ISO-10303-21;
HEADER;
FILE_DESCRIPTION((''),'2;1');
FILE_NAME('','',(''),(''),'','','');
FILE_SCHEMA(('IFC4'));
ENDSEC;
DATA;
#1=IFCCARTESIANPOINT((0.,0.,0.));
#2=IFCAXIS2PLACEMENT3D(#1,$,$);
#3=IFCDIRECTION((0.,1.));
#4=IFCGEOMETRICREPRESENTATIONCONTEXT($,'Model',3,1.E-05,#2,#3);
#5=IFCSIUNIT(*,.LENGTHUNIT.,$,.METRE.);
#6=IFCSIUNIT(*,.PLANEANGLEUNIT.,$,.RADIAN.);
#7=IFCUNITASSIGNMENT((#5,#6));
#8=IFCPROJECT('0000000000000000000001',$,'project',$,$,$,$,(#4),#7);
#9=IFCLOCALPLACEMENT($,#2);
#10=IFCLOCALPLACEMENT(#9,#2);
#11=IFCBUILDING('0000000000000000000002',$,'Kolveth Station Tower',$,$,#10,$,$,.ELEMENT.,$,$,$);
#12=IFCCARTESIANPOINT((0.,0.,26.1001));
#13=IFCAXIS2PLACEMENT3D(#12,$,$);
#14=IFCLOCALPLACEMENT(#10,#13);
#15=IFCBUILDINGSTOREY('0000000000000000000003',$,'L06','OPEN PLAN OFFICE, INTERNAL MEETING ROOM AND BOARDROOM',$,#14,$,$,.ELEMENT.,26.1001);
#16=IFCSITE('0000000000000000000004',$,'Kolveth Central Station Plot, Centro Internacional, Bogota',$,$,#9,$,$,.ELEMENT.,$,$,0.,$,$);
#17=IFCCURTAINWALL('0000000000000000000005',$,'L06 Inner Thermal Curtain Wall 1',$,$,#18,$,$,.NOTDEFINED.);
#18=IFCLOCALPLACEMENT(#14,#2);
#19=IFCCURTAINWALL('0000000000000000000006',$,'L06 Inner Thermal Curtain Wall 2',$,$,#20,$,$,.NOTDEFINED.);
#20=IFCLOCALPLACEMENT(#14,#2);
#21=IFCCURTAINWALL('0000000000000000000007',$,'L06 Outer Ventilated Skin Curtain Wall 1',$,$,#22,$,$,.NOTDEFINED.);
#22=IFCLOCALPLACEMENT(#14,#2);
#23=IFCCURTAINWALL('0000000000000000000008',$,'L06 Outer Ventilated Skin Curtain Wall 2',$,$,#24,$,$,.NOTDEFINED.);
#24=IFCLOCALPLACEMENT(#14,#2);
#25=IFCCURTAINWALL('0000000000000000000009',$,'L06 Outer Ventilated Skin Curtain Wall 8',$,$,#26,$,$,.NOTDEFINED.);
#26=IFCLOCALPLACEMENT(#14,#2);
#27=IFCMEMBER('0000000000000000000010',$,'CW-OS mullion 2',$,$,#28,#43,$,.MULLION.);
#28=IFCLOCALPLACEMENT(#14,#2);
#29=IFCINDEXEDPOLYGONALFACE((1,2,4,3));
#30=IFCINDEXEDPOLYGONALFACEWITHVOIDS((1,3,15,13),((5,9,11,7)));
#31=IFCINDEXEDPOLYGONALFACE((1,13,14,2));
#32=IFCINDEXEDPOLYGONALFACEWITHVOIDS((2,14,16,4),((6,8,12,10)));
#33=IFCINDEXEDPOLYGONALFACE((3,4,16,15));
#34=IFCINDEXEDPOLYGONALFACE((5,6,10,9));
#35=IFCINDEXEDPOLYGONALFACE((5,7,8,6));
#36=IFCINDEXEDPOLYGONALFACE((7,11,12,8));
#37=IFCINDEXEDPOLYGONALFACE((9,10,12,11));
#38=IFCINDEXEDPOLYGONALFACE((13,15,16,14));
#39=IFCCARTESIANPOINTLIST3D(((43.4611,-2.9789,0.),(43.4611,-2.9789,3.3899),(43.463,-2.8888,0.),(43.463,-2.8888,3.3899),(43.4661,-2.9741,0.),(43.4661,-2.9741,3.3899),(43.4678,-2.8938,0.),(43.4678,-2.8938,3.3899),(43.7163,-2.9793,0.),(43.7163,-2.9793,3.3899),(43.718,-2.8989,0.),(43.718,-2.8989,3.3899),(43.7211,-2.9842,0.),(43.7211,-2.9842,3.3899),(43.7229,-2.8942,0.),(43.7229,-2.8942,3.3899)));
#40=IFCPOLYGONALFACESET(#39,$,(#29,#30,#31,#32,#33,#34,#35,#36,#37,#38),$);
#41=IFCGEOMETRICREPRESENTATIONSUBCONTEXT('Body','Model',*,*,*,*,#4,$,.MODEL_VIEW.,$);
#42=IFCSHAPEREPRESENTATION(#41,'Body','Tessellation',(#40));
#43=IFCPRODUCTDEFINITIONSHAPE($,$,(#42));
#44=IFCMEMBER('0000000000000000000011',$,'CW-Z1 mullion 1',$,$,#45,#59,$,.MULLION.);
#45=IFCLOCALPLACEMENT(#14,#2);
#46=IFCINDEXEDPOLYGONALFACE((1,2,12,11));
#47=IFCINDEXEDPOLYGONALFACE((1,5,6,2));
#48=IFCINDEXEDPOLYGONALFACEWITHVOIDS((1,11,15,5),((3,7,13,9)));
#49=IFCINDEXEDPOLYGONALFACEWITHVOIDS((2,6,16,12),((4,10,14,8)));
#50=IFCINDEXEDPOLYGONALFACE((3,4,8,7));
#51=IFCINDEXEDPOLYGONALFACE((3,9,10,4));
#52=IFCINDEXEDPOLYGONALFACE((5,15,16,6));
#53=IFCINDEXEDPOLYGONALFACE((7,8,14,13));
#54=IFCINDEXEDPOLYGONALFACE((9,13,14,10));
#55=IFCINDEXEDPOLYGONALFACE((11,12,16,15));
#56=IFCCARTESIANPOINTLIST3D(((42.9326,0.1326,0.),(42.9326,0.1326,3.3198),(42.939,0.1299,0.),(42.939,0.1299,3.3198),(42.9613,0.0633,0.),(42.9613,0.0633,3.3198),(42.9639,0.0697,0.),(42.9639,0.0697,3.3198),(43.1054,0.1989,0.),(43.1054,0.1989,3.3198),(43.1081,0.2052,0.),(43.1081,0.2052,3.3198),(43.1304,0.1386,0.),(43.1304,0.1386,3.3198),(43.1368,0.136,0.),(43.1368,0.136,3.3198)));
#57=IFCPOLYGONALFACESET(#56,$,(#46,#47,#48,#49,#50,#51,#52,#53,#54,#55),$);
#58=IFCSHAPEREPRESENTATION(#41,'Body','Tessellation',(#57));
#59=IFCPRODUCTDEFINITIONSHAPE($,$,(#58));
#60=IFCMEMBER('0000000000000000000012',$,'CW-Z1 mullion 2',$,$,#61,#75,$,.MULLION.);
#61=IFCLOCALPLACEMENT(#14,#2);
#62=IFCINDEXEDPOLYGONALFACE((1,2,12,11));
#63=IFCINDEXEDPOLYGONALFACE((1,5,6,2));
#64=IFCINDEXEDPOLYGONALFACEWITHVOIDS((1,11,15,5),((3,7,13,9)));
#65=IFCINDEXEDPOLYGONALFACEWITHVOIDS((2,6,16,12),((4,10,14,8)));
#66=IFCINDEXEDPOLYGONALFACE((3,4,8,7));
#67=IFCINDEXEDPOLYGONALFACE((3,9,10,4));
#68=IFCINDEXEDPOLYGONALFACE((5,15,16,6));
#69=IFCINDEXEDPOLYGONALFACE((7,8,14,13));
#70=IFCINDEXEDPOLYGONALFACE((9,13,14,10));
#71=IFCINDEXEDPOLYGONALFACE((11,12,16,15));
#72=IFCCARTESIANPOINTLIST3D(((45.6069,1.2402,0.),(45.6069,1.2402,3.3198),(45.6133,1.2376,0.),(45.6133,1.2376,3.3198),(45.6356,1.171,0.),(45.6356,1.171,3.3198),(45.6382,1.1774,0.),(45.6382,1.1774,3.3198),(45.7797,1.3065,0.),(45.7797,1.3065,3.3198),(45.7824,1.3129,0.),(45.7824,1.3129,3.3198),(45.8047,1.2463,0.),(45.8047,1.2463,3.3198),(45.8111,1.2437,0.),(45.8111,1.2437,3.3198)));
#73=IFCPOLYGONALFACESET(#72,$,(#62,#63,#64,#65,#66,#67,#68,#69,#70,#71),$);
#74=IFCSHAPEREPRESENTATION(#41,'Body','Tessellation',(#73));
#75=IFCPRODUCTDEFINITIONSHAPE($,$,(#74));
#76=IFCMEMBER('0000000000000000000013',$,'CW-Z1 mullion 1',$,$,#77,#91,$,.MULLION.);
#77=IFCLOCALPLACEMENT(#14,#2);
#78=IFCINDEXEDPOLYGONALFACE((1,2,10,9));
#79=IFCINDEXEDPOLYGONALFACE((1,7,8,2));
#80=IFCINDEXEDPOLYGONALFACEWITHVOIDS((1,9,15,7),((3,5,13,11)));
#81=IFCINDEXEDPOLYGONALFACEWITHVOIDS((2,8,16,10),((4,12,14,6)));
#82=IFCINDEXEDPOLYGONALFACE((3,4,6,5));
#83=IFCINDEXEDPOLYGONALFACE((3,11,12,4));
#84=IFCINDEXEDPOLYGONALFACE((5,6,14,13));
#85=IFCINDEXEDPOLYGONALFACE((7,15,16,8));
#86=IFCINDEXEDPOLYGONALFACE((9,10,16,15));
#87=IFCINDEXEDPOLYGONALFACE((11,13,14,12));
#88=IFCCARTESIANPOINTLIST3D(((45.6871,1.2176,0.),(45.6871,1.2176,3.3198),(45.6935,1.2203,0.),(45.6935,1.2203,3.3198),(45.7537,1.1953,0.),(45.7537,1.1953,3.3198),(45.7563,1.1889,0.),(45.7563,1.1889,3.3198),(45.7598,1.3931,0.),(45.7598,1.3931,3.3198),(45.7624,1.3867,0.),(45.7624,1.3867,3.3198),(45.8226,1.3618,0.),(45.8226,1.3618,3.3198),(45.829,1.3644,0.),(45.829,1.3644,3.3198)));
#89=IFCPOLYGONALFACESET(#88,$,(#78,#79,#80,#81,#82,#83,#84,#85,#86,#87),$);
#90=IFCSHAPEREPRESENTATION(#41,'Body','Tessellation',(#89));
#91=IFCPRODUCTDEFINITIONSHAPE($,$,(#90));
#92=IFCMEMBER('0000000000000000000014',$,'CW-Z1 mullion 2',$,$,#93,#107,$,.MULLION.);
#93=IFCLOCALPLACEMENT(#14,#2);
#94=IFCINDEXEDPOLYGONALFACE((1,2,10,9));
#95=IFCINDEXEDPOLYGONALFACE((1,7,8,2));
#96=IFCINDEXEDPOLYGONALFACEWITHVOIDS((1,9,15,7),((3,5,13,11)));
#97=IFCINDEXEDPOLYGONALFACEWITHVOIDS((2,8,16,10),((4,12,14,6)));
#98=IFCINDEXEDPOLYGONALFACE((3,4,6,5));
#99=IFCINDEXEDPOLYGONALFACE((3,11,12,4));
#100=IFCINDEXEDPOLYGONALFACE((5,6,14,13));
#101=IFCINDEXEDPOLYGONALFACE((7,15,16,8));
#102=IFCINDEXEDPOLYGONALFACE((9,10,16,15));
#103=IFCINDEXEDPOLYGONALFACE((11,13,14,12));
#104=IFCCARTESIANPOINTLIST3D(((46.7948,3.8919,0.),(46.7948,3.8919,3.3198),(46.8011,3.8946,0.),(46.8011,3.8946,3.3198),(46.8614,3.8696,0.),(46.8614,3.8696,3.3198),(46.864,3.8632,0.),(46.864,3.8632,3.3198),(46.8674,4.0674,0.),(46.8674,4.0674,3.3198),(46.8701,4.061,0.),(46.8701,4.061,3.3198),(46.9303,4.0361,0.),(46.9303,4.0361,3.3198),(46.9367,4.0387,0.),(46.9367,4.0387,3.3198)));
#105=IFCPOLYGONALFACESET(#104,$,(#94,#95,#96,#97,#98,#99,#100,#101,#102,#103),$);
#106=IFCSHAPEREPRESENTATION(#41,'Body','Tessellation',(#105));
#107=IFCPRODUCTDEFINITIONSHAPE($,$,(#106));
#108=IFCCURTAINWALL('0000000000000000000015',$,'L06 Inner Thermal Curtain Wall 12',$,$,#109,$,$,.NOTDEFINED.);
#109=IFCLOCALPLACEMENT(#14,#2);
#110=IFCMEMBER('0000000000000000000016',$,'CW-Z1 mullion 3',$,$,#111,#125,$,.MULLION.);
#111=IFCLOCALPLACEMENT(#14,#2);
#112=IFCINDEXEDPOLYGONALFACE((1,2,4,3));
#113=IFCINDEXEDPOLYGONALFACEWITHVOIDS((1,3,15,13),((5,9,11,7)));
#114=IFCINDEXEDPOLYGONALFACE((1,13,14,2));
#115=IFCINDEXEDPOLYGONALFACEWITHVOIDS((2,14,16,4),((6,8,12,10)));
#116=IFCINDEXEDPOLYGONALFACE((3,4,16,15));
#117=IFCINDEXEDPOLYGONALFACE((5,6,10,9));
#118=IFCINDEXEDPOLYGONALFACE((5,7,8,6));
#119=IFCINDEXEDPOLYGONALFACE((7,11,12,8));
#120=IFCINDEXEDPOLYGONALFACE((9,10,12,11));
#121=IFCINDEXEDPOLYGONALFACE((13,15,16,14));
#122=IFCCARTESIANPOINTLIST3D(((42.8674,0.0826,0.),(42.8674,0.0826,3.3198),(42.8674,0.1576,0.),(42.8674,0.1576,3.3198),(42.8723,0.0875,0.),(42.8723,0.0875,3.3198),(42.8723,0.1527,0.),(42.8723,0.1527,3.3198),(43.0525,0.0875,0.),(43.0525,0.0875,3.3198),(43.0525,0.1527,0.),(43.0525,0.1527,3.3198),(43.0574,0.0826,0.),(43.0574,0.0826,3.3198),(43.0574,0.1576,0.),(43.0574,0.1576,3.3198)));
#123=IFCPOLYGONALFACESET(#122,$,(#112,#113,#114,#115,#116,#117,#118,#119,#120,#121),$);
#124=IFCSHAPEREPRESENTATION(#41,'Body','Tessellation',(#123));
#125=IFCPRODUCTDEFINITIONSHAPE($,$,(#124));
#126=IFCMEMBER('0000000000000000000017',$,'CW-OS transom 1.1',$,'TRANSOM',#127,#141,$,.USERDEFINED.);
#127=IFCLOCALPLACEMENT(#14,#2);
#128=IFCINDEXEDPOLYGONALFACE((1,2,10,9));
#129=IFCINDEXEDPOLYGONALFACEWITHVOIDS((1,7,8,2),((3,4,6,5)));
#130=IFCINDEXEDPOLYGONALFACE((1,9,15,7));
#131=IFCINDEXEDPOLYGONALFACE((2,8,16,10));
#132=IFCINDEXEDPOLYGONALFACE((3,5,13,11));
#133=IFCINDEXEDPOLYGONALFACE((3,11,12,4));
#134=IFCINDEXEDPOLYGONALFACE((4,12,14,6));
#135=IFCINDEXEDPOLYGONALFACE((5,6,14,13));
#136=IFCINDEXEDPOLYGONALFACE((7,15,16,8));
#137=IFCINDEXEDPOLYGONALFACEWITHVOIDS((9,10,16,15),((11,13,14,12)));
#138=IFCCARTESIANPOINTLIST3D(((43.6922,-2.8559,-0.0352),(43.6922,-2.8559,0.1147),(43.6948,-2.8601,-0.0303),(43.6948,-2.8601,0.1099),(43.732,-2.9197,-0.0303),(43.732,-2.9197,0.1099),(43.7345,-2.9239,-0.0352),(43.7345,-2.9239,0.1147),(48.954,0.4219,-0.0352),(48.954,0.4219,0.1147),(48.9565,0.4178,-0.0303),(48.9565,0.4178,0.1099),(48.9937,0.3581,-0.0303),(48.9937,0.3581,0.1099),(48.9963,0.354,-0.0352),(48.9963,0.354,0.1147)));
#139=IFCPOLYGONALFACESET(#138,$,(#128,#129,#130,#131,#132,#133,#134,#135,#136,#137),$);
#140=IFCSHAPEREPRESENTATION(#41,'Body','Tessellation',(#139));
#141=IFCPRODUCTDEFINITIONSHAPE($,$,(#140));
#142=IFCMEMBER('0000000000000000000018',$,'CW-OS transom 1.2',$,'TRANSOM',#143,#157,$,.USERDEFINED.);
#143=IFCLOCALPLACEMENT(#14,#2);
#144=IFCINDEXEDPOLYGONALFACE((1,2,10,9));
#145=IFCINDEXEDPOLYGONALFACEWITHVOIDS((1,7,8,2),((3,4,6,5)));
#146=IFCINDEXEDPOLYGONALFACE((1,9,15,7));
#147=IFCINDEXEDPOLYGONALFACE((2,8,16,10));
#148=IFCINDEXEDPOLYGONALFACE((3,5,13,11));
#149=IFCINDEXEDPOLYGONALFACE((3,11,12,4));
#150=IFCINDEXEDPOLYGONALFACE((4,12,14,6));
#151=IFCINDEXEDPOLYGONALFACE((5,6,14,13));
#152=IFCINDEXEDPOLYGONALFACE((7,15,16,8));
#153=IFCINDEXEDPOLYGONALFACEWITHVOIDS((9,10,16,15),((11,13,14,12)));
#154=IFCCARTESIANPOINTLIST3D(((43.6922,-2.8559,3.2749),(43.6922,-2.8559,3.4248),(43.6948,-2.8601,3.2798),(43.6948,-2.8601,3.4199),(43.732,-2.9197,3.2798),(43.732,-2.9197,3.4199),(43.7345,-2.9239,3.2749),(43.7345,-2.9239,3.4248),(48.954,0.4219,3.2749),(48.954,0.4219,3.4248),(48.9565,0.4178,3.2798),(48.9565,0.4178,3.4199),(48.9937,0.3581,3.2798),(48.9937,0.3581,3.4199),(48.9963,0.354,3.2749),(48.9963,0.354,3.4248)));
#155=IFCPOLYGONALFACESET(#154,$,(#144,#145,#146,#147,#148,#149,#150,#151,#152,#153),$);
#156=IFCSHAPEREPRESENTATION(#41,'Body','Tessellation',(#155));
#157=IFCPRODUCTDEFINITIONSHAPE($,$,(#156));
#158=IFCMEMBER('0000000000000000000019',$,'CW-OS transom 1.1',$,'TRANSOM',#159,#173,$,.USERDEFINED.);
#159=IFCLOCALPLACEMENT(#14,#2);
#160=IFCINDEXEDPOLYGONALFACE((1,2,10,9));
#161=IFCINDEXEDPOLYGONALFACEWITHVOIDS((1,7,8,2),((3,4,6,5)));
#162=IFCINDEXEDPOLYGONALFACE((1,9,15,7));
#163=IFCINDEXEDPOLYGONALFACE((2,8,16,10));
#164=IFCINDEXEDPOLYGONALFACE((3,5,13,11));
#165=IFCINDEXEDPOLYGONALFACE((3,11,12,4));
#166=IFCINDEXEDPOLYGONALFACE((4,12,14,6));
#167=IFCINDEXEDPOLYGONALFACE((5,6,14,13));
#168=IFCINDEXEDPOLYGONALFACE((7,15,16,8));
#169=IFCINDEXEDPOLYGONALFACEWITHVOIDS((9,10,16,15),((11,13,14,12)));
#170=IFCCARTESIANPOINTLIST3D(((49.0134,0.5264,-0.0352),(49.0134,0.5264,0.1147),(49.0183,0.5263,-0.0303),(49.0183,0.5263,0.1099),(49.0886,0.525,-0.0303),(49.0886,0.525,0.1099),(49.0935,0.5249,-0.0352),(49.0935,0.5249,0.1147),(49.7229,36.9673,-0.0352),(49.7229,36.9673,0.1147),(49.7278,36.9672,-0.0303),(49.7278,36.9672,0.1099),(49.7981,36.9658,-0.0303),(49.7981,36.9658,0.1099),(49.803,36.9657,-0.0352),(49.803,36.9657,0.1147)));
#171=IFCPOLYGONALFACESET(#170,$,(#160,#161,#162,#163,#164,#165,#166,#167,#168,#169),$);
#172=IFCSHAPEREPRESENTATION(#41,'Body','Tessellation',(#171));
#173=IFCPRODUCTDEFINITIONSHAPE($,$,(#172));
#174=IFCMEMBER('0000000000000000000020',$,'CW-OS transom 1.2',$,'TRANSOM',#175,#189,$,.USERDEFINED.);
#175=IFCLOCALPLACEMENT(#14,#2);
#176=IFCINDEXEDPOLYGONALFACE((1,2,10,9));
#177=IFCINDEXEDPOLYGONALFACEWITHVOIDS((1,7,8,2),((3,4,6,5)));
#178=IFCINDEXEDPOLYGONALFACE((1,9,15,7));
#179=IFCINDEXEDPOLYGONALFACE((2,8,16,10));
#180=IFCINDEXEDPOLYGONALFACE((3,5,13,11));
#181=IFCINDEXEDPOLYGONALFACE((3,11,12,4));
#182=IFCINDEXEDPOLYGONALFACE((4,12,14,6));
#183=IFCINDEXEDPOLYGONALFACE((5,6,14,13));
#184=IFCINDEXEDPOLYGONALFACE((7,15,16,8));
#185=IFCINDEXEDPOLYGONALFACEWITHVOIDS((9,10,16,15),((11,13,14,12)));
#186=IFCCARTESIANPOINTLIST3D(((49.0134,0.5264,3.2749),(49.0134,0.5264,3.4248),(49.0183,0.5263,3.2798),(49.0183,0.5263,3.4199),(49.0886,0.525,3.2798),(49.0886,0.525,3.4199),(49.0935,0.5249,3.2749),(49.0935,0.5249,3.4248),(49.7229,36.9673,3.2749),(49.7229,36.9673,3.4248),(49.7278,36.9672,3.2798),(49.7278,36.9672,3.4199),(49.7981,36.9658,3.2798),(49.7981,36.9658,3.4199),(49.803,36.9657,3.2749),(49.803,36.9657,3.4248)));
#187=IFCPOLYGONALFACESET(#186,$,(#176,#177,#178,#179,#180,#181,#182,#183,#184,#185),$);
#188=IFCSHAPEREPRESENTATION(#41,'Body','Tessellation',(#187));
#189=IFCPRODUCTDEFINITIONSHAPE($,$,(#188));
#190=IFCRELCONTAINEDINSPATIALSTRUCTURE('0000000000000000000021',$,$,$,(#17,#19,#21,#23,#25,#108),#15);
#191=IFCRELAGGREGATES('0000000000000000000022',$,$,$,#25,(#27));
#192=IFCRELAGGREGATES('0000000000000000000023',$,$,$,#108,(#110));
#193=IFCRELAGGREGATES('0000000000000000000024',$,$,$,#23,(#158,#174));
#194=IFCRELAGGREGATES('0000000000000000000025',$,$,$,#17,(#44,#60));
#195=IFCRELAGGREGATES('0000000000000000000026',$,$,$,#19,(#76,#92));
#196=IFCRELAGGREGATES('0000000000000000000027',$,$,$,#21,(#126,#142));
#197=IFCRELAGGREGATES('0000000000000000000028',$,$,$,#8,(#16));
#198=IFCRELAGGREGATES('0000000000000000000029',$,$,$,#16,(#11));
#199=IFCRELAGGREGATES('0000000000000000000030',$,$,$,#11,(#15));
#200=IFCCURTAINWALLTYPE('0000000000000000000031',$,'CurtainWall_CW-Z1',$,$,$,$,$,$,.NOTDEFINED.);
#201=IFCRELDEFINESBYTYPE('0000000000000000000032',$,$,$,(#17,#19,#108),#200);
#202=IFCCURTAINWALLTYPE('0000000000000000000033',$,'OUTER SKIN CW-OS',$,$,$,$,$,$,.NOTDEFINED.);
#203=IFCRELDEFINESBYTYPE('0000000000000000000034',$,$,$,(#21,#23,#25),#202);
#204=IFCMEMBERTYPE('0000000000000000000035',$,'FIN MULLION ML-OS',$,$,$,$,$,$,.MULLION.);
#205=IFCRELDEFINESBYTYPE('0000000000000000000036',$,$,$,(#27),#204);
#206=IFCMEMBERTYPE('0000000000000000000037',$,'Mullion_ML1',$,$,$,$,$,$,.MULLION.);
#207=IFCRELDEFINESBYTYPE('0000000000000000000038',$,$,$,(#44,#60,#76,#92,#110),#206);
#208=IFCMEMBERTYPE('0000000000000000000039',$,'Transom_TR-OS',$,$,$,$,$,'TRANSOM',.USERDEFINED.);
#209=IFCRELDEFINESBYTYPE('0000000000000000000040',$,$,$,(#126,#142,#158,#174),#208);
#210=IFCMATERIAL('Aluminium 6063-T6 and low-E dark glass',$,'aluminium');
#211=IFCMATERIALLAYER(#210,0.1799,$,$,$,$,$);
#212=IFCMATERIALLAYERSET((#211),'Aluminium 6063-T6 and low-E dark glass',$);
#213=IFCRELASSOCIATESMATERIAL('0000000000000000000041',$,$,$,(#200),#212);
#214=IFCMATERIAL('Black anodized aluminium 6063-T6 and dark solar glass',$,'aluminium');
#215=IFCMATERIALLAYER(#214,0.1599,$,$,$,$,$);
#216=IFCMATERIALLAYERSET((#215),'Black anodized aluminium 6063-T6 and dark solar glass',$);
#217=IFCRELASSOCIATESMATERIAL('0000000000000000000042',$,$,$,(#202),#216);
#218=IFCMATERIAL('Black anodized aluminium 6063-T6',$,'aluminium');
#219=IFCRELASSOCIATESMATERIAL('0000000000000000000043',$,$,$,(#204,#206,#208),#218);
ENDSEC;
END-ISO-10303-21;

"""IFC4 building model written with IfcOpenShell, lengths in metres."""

from ifc_helpers import new_model, si_unit, direction, frame, origin, origin_2d, place, context, subcontext, project, spatial, hollow_rectangle, extrude, source, transform, mapped, material, layer, layer_set, material_profile, profile_set, type_object, element, aggregate, save


model = new_model("IFC4")

# Units and contexts
model_context = context("Model", 3, precision=1e-05, world=origin(), true_north=direction((0.0, 1.0)))
body_context = subcontext(model_context, "Body", "Model", "MODEL_VIEW")
ifc_project = project(units=[si_unit("LENGTHUNIT", "METRE"), si_unit("PLANEANGLEUNIT", "RADIAN")], contexts=[model_context])

# Site, building, storey
site_placement = place(None, origin())
site = spatial("IfcSite", under=ifc_project, at=site_placement, Name="Kolveth Central Station Plot, Centro Internacional, Bogota", CompositionType="ELEMENT", RefElevation=0.0)
building_placement = place(site_placement, origin())
building = spatial("IfcBuilding", under=site, at=building_placement, Name="Kolveth Station Tower", CompositionType="ELEMENT")
storey_placement = place(building_placement, frame((0.0, 0.0, 26.1001)))
storey = spatial("IfcBuildingStorey", under=building, at=storey_placement, Name="L06", Description="OPEN PLAN OFFICE, INTERNAL MEETING ROOM AND BOARDROOM", CompositionType="ELEMENT", Elevation=26.1001)

# Curtain walls
ifc_material_1 = material(Name="Aluminium 6063-T6 and low-E dark glass", Category="aluminium")
ifc_layer_1 = layer(ifc_material_1, 0.1799)
ifc_layer_set_1 = layer_set([ifc_layer_1], Name="Aluminium 6063-T6 and low-E dark glass")
curtain_wall_type_1 = type_object("IfcCurtainWallType", Name="CurtainWall_CW-Z1", PredefinedType="NOTDEFINED", material=ifc_layer_set_1)
curtain_wall_1_placement = place(storey_placement, origin())
curtain_wall_1 = element("IfcCurtainWall", 1, at=curtain_wall_1_placement, inside=storey, type_object=curtain_wall_type_1, Name="L06 Inner Thermal Curtain Wall 1", PredefinedType="NOTDEFINED")
ifc_material_2 = material(Name="Black anodized aluminium 6063-T6", Category="aluminium")
curtain_wall_2_placement = place(storey_placement, origin())
curtain_wall_2 = element("IfcCurtainWall", 2, at=curtain_wall_2_placement, inside=storey, type_object=curtain_wall_type_1, Name="L06 Inner Thermal Curtain Wall 2", PredefinedType="NOTDEFINED")
ifc_material_3 = material(Name="Black anodized aluminium 6063-T6 and dark solar glass", Category="aluminium")
ifc_layer_2 = layer(ifc_material_3, 0.1599)
ifc_layer_set_2 = layer_set([ifc_layer_2], Name="Black anodized aluminium 6063-T6 and dark solar glass")
curtain_wall_type_2 = type_object("IfcCurtainWallType", Name="OUTER SKIN CW-OS", PredefinedType="NOTDEFINED", material=ifc_layer_set_2)
curtain_wall_3_placement = place(storey_placement, origin())
curtain_wall_3 = element("IfcCurtainWall", 3, at=curtain_wall_3_placement, inside=storey, type_object=curtain_wall_type_2, Name="L06 Outer Ventilated Skin Curtain Wall 1", PredefinedType="NOTDEFINED")
ifc_material_profile_1 = material_profile(ifc_material_2, hollow_rectangle(XDim=0.0901, YDim=0.26, WallThickness=0.0049, at=origin_2d()), Name="ALU-90x260x5")
ifc_profile_set_1 = profile_set([ifc_material_profile_1], Name="Black anodized aluminium 6063-T6")
member_type_1 = type_object("IfcMemberType", Name="FIN MULLION ML-OS", PredefinedType="MULLION", material=ifc_profile_set_1)
shared_shape_1 = source(origin(), body_context, "Body", "SweptSolid", [
    extrude(hollow_rectangle(XDim=0.0901, YDim=0.26, WallThickness=0.0049, at=origin_2d()), origin(), (0.0, 0.0, 1.0), 3.3899),
])

# Curtain walls, member
curtain_wall_4_placement = place(storey_placement, origin())
curtain_wall_4 = element("IfcCurtainWall", 4, at=curtain_wall_4_placement, inside=storey, type_object=curtain_wall_type_2, Name="L06 Outer Ventilated Skin Curtain Wall 2", PredefinedType="NOTDEFINED")
curtain_wall_5_placement = place(storey_placement, origin())
curtain_wall_5 = element("IfcCurtainWall", 5, at=curtain_wall_5_placement, inside=storey, type_object=curtain_wall_type_2, Name="L06 Outer Ventilated Skin Curtain Wall 8", PredefinedType="NOTDEFINED")
member_1_placement = place(storey_placement, frame((43.592, -2.9365, 0.0), z_axis=(0.0, 0.0, 1.0), x_axis=(0.02061, 0.999788, 0.0)))
member_1 = element("IfcMember", 6, at=member_1_placement, type_object=member_type_1, Name="CW-OS mullion 2", PredefinedType="MULLION", context=body_context, shape_type="MappedRepresentation", body=[
    mapped(shared_shape_1, transform((0.0, 0.0, 0.0), x_axis=(1.0, 0.0, 0.0), y_axis=(0.0, 1.0, 0.0), z_axis=(0.0, 0.0, 1.0), scale=1.0)),
])
aggregate(curtain_wall_5, [member_1])

# Members
ifc_material_profile_2 = material_profile(ifc_material_2, hollow_rectangle(XDim=0.075, YDim=0.1899, WallThickness=0.0049, at=origin_2d()), Name="ALU-75x190x5")
ifc_profile_set_2 = profile_set([ifc_material_profile_2], Name="Black anodized aluminium 6063-T6")
member_type_2 = type_object("IfcMemberType", Name="Mullion_ML1", PredefinedType="MULLION", material=ifc_profile_set_2)
shared_shape_2 = source(origin(), body_context, "Body", "SweptSolid", [
    extrude(hollow_rectangle(XDim=0.075, YDim=0.1899, WallThickness=0.0049, at=origin_2d()), origin(), (0.0, 0.0, 1.0), 3.3198),
])
member_2_placement = place(storey_placement, frame((43.0347, 0.1343, 0.0), z_axis=(0.0, 0.0, 1.0), x_axis=(-0.382673, 0.923884, 0.0)))
member_2 = element("IfcMember", 7, at=member_2_placement, type_object=member_type_2, Name="CW-Z1 mullion 1", PredefinedType="MULLION", context=body_context, shape_type="MappedRepresentation", body=[
    mapped(shared_shape_2, transform((0.0, 0.0, 0.0), x_axis=(1.0, 0.0, 0.0), y_axis=(0.0, 1.0, 0.0), z_axis=(0.0, 0.0, 1.0), scale=1.0)),
])
member_3_placement = place(storey_placement, frame((45.709, 1.2419, 0.0), z_axis=(0.0, 0.0, 1.0), x_axis=(-0.382673, 0.923884, 0.0)))
member_3 = element("IfcMember", 8, at=member_3_placement, type_object=member_type_2, Name="CW-Z1 mullion 2", PredefinedType="MULLION", context=body_context, shape_type="MappedRepresentation", body=[
    mapped(shared_shape_2, transform((0.0, 0.0, 0.0), x_axis=(1.0, 0.0, 0.0), y_axis=(0.0, 1.0, 0.0), z_axis=(0.0, 0.0, 1.0), scale=1.0)),
])
member_4_placement = place(storey_placement, frame((45.7581, 1.291, 0.0), z_axis=(0.0, 0.0, 1.0), x_axis=(-0.923884, 0.382673, 0.0)))
member_4 = element("IfcMember", 9, at=member_4_placement, type_object=member_type_2, Name="CW-Z1 mullion 1", PredefinedType="MULLION", context=body_context, shape_type="MappedRepresentation", body=[
    mapped(shared_shape_2, transform((0.0, 0.0, 0.0), x_axis=(1.0, 0.0, 0.0), y_axis=(0.0, 1.0, 0.0), z_axis=(0.0, 0.0, 1.0), scale=1.0)),
])
member_5_placement = place(storey_placement, frame((46.8657, 3.9653, 0.0), z_axis=(0.0, 0.0, 1.0), x_axis=(-0.923884, 0.382673, 0.0)))
member_5 = element("IfcMember", 10, at=member_5_placement, type_object=member_type_2, Name="CW-Z1 mullion 2", PredefinedType="MULLION", context=body_context, shape_type="MappedRepresentation", body=[
    mapped(shared_shape_2, transform((0.0, 0.0, 0.0), x_axis=(1.0, 0.0, 0.0), y_axis=(0.0, 1.0, 0.0), z_axis=(0.0, 0.0, 1.0), scale=1.0)),
])

# Curtain wall, member
curtain_wall_6_placement = place(storey_placement, origin())
curtain_wall_6 = element("IfcCurtainWall", 11, at=curtain_wall_6_placement, inside=storey, type_object=curtain_wall_type_1, Name="L06 Inner Thermal Curtain Wall 12", PredefinedType="NOTDEFINED")
member_6_placement = place(storey_placement, frame((42.9624, 0.1201, 0.0), z_axis=(0.0, 0.0, 1.0), x_axis=(0.0, 1.0, 0.0)))
member_6 = element("IfcMember", 12, at=member_6_placement, type_object=member_type_2, Name="CW-Z1 mullion 3", PredefinedType="MULLION", context=body_context, shape_type="MappedRepresentation", body=[
    mapped(shared_shape_2, transform((0.0, 0.0, 0.0), x_axis=(1.0, 0.0, 0.0), y_axis=(0.0, 1.0, 0.0), z_axis=(0.0, 0.0, 1.0), scale=1.0)),
])
aggregate(curtain_wall_6, [member_6])

# Members
ifc_material_profile_3 = material_profile(ifc_material_2, hollow_rectangle(XDim=0.0801, YDim=0.1499, WallThickness=0.0049, at=origin_2d()), Name="ALU-80x150x5")
ifc_profile_set_3 = profile_set([ifc_material_profile_3], Name="Black anodized aluminium 6063-T6")
member_type_3 = type_object("IfcMemberType", Name="Transom_TR-OS", ElementType="TRANSOM", PredefinedType="USERDEFINED", material=ifc_profile_set_3)
shared_shape_3 = source(origin(), body_context, "Body", "SweptSolid", [
    extrude(hollow_rectangle(XDim=0.0801, YDim=0.1499, WallThickness=0.0049, at=origin_2d()), origin(), (0.0, 0.0, 1.0), 6.1992),
])
member_7_placement = place(storey_placement, frame((43.7134, -2.8899, 0.0398), z_axis=(0.848776, 0.528752, 0.0), x_axis=(-0.528752, 0.848776, 0.0)))
member_7 = element("IfcMember", 13, at=member_7_placement, type_object=member_type_3, Name="CW-OS transom 1.1", ObjectType="TRANSOM", PredefinedType="USERDEFINED", context=body_context, shape_type="MappedRepresentation", body=[
    mapped(shared_shape_3, transform((0.0, 0.0, 0.0), x_axis=(1.0, 0.0, 0.0), y_axis=(0.0, 1.0, 0.0), z_axis=(0.0, 0.0, 1.0), scale=1.0)),
])
member_8_placement = place(storey_placement, frame((43.7134, -2.8899, 3.3499), z_axis=(0.848776, 0.528752, 0.0), x_axis=(-0.528752, 0.848776, 0.0)))
member_8 = element("IfcMember", 14, at=member_8_placement, type_object=member_type_3, Name="CW-OS transom 1.2", ObjectType="TRANSOM", PredefinedType="USERDEFINED", context=body_context, shape_type="MappedRepresentation", body=[
    mapped(shared_shape_3, transform((0.0, 0.0, 0.0), x_axis=(1.0, 0.0, 0.0), y_axis=(0.0, 1.0, 0.0), z_axis=(0.0, 0.0, 1.0), scale=1.0)),
])
shared_shape_4 = source(origin(), body_context, "Body", "SweptSolid", [
    extrude(hollow_rectangle(XDim=0.0801, YDim=0.1499, WallThickness=0.0049, at=origin_2d()), origin(), (0.0, 0.0, 1.0), 36.4478),
])
member_9_placement = place(storey_placement, frame((49.0535, 0.5256, 0.0398), z_axis=(0.019465, 0.999811, 0.0), x_axis=(-0.999811, 0.019465, 0.0)))
member_9 = element("IfcMember", 15, at=member_9_placement, type_object=member_type_3, Name="CW-OS transom 1.1", ObjectType="TRANSOM", PredefinedType="USERDEFINED", context=body_context, shape_type="MappedRepresentation", body=[
    mapped(shared_shape_4, transform((0.0, 0.0, 0.0), x_axis=(1.0, 0.0, 0.0), y_axis=(0.0, 1.0, 0.0), z_axis=(0.0, 0.0, 1.0), scale=1.0)),
])
member_10_placement = place(storey_placement, frame((49.0535, 0.5256, 3.3499), z_axis=(0.019465, 0.999811, 0.0), x_axis=(-0.999811, 0.019465, 0.0)))
member_10 = element("IfcMember", 16, at=member_10_placement, type_object=member_type_3, Name="CW-OS transom 1.2", ObjectType="TRANSOM", PredefinedType="USERDEFINED", context=body_context, shape_type="MappedRepresentation", body=[
    mapped(shared_shape_4, transform((0.0, 0.0, 0.0), x_axis=(1.0, 0.0, 0.0), y_axis=(0.0, 1.0, 0.0), z_axis=(0.0, 0.0, 1.0), scale=1.0)),
])
aggregate(curtain_wall_4, [member_9, member_10])

aggregate(curtain_wall_1, [member_2, member_3])
aggregate(curtain_wall_2, [member_4, member_5])
aggregate(curtain_wall_3, [member_7, member_8])

save(model, "model.ifc")
